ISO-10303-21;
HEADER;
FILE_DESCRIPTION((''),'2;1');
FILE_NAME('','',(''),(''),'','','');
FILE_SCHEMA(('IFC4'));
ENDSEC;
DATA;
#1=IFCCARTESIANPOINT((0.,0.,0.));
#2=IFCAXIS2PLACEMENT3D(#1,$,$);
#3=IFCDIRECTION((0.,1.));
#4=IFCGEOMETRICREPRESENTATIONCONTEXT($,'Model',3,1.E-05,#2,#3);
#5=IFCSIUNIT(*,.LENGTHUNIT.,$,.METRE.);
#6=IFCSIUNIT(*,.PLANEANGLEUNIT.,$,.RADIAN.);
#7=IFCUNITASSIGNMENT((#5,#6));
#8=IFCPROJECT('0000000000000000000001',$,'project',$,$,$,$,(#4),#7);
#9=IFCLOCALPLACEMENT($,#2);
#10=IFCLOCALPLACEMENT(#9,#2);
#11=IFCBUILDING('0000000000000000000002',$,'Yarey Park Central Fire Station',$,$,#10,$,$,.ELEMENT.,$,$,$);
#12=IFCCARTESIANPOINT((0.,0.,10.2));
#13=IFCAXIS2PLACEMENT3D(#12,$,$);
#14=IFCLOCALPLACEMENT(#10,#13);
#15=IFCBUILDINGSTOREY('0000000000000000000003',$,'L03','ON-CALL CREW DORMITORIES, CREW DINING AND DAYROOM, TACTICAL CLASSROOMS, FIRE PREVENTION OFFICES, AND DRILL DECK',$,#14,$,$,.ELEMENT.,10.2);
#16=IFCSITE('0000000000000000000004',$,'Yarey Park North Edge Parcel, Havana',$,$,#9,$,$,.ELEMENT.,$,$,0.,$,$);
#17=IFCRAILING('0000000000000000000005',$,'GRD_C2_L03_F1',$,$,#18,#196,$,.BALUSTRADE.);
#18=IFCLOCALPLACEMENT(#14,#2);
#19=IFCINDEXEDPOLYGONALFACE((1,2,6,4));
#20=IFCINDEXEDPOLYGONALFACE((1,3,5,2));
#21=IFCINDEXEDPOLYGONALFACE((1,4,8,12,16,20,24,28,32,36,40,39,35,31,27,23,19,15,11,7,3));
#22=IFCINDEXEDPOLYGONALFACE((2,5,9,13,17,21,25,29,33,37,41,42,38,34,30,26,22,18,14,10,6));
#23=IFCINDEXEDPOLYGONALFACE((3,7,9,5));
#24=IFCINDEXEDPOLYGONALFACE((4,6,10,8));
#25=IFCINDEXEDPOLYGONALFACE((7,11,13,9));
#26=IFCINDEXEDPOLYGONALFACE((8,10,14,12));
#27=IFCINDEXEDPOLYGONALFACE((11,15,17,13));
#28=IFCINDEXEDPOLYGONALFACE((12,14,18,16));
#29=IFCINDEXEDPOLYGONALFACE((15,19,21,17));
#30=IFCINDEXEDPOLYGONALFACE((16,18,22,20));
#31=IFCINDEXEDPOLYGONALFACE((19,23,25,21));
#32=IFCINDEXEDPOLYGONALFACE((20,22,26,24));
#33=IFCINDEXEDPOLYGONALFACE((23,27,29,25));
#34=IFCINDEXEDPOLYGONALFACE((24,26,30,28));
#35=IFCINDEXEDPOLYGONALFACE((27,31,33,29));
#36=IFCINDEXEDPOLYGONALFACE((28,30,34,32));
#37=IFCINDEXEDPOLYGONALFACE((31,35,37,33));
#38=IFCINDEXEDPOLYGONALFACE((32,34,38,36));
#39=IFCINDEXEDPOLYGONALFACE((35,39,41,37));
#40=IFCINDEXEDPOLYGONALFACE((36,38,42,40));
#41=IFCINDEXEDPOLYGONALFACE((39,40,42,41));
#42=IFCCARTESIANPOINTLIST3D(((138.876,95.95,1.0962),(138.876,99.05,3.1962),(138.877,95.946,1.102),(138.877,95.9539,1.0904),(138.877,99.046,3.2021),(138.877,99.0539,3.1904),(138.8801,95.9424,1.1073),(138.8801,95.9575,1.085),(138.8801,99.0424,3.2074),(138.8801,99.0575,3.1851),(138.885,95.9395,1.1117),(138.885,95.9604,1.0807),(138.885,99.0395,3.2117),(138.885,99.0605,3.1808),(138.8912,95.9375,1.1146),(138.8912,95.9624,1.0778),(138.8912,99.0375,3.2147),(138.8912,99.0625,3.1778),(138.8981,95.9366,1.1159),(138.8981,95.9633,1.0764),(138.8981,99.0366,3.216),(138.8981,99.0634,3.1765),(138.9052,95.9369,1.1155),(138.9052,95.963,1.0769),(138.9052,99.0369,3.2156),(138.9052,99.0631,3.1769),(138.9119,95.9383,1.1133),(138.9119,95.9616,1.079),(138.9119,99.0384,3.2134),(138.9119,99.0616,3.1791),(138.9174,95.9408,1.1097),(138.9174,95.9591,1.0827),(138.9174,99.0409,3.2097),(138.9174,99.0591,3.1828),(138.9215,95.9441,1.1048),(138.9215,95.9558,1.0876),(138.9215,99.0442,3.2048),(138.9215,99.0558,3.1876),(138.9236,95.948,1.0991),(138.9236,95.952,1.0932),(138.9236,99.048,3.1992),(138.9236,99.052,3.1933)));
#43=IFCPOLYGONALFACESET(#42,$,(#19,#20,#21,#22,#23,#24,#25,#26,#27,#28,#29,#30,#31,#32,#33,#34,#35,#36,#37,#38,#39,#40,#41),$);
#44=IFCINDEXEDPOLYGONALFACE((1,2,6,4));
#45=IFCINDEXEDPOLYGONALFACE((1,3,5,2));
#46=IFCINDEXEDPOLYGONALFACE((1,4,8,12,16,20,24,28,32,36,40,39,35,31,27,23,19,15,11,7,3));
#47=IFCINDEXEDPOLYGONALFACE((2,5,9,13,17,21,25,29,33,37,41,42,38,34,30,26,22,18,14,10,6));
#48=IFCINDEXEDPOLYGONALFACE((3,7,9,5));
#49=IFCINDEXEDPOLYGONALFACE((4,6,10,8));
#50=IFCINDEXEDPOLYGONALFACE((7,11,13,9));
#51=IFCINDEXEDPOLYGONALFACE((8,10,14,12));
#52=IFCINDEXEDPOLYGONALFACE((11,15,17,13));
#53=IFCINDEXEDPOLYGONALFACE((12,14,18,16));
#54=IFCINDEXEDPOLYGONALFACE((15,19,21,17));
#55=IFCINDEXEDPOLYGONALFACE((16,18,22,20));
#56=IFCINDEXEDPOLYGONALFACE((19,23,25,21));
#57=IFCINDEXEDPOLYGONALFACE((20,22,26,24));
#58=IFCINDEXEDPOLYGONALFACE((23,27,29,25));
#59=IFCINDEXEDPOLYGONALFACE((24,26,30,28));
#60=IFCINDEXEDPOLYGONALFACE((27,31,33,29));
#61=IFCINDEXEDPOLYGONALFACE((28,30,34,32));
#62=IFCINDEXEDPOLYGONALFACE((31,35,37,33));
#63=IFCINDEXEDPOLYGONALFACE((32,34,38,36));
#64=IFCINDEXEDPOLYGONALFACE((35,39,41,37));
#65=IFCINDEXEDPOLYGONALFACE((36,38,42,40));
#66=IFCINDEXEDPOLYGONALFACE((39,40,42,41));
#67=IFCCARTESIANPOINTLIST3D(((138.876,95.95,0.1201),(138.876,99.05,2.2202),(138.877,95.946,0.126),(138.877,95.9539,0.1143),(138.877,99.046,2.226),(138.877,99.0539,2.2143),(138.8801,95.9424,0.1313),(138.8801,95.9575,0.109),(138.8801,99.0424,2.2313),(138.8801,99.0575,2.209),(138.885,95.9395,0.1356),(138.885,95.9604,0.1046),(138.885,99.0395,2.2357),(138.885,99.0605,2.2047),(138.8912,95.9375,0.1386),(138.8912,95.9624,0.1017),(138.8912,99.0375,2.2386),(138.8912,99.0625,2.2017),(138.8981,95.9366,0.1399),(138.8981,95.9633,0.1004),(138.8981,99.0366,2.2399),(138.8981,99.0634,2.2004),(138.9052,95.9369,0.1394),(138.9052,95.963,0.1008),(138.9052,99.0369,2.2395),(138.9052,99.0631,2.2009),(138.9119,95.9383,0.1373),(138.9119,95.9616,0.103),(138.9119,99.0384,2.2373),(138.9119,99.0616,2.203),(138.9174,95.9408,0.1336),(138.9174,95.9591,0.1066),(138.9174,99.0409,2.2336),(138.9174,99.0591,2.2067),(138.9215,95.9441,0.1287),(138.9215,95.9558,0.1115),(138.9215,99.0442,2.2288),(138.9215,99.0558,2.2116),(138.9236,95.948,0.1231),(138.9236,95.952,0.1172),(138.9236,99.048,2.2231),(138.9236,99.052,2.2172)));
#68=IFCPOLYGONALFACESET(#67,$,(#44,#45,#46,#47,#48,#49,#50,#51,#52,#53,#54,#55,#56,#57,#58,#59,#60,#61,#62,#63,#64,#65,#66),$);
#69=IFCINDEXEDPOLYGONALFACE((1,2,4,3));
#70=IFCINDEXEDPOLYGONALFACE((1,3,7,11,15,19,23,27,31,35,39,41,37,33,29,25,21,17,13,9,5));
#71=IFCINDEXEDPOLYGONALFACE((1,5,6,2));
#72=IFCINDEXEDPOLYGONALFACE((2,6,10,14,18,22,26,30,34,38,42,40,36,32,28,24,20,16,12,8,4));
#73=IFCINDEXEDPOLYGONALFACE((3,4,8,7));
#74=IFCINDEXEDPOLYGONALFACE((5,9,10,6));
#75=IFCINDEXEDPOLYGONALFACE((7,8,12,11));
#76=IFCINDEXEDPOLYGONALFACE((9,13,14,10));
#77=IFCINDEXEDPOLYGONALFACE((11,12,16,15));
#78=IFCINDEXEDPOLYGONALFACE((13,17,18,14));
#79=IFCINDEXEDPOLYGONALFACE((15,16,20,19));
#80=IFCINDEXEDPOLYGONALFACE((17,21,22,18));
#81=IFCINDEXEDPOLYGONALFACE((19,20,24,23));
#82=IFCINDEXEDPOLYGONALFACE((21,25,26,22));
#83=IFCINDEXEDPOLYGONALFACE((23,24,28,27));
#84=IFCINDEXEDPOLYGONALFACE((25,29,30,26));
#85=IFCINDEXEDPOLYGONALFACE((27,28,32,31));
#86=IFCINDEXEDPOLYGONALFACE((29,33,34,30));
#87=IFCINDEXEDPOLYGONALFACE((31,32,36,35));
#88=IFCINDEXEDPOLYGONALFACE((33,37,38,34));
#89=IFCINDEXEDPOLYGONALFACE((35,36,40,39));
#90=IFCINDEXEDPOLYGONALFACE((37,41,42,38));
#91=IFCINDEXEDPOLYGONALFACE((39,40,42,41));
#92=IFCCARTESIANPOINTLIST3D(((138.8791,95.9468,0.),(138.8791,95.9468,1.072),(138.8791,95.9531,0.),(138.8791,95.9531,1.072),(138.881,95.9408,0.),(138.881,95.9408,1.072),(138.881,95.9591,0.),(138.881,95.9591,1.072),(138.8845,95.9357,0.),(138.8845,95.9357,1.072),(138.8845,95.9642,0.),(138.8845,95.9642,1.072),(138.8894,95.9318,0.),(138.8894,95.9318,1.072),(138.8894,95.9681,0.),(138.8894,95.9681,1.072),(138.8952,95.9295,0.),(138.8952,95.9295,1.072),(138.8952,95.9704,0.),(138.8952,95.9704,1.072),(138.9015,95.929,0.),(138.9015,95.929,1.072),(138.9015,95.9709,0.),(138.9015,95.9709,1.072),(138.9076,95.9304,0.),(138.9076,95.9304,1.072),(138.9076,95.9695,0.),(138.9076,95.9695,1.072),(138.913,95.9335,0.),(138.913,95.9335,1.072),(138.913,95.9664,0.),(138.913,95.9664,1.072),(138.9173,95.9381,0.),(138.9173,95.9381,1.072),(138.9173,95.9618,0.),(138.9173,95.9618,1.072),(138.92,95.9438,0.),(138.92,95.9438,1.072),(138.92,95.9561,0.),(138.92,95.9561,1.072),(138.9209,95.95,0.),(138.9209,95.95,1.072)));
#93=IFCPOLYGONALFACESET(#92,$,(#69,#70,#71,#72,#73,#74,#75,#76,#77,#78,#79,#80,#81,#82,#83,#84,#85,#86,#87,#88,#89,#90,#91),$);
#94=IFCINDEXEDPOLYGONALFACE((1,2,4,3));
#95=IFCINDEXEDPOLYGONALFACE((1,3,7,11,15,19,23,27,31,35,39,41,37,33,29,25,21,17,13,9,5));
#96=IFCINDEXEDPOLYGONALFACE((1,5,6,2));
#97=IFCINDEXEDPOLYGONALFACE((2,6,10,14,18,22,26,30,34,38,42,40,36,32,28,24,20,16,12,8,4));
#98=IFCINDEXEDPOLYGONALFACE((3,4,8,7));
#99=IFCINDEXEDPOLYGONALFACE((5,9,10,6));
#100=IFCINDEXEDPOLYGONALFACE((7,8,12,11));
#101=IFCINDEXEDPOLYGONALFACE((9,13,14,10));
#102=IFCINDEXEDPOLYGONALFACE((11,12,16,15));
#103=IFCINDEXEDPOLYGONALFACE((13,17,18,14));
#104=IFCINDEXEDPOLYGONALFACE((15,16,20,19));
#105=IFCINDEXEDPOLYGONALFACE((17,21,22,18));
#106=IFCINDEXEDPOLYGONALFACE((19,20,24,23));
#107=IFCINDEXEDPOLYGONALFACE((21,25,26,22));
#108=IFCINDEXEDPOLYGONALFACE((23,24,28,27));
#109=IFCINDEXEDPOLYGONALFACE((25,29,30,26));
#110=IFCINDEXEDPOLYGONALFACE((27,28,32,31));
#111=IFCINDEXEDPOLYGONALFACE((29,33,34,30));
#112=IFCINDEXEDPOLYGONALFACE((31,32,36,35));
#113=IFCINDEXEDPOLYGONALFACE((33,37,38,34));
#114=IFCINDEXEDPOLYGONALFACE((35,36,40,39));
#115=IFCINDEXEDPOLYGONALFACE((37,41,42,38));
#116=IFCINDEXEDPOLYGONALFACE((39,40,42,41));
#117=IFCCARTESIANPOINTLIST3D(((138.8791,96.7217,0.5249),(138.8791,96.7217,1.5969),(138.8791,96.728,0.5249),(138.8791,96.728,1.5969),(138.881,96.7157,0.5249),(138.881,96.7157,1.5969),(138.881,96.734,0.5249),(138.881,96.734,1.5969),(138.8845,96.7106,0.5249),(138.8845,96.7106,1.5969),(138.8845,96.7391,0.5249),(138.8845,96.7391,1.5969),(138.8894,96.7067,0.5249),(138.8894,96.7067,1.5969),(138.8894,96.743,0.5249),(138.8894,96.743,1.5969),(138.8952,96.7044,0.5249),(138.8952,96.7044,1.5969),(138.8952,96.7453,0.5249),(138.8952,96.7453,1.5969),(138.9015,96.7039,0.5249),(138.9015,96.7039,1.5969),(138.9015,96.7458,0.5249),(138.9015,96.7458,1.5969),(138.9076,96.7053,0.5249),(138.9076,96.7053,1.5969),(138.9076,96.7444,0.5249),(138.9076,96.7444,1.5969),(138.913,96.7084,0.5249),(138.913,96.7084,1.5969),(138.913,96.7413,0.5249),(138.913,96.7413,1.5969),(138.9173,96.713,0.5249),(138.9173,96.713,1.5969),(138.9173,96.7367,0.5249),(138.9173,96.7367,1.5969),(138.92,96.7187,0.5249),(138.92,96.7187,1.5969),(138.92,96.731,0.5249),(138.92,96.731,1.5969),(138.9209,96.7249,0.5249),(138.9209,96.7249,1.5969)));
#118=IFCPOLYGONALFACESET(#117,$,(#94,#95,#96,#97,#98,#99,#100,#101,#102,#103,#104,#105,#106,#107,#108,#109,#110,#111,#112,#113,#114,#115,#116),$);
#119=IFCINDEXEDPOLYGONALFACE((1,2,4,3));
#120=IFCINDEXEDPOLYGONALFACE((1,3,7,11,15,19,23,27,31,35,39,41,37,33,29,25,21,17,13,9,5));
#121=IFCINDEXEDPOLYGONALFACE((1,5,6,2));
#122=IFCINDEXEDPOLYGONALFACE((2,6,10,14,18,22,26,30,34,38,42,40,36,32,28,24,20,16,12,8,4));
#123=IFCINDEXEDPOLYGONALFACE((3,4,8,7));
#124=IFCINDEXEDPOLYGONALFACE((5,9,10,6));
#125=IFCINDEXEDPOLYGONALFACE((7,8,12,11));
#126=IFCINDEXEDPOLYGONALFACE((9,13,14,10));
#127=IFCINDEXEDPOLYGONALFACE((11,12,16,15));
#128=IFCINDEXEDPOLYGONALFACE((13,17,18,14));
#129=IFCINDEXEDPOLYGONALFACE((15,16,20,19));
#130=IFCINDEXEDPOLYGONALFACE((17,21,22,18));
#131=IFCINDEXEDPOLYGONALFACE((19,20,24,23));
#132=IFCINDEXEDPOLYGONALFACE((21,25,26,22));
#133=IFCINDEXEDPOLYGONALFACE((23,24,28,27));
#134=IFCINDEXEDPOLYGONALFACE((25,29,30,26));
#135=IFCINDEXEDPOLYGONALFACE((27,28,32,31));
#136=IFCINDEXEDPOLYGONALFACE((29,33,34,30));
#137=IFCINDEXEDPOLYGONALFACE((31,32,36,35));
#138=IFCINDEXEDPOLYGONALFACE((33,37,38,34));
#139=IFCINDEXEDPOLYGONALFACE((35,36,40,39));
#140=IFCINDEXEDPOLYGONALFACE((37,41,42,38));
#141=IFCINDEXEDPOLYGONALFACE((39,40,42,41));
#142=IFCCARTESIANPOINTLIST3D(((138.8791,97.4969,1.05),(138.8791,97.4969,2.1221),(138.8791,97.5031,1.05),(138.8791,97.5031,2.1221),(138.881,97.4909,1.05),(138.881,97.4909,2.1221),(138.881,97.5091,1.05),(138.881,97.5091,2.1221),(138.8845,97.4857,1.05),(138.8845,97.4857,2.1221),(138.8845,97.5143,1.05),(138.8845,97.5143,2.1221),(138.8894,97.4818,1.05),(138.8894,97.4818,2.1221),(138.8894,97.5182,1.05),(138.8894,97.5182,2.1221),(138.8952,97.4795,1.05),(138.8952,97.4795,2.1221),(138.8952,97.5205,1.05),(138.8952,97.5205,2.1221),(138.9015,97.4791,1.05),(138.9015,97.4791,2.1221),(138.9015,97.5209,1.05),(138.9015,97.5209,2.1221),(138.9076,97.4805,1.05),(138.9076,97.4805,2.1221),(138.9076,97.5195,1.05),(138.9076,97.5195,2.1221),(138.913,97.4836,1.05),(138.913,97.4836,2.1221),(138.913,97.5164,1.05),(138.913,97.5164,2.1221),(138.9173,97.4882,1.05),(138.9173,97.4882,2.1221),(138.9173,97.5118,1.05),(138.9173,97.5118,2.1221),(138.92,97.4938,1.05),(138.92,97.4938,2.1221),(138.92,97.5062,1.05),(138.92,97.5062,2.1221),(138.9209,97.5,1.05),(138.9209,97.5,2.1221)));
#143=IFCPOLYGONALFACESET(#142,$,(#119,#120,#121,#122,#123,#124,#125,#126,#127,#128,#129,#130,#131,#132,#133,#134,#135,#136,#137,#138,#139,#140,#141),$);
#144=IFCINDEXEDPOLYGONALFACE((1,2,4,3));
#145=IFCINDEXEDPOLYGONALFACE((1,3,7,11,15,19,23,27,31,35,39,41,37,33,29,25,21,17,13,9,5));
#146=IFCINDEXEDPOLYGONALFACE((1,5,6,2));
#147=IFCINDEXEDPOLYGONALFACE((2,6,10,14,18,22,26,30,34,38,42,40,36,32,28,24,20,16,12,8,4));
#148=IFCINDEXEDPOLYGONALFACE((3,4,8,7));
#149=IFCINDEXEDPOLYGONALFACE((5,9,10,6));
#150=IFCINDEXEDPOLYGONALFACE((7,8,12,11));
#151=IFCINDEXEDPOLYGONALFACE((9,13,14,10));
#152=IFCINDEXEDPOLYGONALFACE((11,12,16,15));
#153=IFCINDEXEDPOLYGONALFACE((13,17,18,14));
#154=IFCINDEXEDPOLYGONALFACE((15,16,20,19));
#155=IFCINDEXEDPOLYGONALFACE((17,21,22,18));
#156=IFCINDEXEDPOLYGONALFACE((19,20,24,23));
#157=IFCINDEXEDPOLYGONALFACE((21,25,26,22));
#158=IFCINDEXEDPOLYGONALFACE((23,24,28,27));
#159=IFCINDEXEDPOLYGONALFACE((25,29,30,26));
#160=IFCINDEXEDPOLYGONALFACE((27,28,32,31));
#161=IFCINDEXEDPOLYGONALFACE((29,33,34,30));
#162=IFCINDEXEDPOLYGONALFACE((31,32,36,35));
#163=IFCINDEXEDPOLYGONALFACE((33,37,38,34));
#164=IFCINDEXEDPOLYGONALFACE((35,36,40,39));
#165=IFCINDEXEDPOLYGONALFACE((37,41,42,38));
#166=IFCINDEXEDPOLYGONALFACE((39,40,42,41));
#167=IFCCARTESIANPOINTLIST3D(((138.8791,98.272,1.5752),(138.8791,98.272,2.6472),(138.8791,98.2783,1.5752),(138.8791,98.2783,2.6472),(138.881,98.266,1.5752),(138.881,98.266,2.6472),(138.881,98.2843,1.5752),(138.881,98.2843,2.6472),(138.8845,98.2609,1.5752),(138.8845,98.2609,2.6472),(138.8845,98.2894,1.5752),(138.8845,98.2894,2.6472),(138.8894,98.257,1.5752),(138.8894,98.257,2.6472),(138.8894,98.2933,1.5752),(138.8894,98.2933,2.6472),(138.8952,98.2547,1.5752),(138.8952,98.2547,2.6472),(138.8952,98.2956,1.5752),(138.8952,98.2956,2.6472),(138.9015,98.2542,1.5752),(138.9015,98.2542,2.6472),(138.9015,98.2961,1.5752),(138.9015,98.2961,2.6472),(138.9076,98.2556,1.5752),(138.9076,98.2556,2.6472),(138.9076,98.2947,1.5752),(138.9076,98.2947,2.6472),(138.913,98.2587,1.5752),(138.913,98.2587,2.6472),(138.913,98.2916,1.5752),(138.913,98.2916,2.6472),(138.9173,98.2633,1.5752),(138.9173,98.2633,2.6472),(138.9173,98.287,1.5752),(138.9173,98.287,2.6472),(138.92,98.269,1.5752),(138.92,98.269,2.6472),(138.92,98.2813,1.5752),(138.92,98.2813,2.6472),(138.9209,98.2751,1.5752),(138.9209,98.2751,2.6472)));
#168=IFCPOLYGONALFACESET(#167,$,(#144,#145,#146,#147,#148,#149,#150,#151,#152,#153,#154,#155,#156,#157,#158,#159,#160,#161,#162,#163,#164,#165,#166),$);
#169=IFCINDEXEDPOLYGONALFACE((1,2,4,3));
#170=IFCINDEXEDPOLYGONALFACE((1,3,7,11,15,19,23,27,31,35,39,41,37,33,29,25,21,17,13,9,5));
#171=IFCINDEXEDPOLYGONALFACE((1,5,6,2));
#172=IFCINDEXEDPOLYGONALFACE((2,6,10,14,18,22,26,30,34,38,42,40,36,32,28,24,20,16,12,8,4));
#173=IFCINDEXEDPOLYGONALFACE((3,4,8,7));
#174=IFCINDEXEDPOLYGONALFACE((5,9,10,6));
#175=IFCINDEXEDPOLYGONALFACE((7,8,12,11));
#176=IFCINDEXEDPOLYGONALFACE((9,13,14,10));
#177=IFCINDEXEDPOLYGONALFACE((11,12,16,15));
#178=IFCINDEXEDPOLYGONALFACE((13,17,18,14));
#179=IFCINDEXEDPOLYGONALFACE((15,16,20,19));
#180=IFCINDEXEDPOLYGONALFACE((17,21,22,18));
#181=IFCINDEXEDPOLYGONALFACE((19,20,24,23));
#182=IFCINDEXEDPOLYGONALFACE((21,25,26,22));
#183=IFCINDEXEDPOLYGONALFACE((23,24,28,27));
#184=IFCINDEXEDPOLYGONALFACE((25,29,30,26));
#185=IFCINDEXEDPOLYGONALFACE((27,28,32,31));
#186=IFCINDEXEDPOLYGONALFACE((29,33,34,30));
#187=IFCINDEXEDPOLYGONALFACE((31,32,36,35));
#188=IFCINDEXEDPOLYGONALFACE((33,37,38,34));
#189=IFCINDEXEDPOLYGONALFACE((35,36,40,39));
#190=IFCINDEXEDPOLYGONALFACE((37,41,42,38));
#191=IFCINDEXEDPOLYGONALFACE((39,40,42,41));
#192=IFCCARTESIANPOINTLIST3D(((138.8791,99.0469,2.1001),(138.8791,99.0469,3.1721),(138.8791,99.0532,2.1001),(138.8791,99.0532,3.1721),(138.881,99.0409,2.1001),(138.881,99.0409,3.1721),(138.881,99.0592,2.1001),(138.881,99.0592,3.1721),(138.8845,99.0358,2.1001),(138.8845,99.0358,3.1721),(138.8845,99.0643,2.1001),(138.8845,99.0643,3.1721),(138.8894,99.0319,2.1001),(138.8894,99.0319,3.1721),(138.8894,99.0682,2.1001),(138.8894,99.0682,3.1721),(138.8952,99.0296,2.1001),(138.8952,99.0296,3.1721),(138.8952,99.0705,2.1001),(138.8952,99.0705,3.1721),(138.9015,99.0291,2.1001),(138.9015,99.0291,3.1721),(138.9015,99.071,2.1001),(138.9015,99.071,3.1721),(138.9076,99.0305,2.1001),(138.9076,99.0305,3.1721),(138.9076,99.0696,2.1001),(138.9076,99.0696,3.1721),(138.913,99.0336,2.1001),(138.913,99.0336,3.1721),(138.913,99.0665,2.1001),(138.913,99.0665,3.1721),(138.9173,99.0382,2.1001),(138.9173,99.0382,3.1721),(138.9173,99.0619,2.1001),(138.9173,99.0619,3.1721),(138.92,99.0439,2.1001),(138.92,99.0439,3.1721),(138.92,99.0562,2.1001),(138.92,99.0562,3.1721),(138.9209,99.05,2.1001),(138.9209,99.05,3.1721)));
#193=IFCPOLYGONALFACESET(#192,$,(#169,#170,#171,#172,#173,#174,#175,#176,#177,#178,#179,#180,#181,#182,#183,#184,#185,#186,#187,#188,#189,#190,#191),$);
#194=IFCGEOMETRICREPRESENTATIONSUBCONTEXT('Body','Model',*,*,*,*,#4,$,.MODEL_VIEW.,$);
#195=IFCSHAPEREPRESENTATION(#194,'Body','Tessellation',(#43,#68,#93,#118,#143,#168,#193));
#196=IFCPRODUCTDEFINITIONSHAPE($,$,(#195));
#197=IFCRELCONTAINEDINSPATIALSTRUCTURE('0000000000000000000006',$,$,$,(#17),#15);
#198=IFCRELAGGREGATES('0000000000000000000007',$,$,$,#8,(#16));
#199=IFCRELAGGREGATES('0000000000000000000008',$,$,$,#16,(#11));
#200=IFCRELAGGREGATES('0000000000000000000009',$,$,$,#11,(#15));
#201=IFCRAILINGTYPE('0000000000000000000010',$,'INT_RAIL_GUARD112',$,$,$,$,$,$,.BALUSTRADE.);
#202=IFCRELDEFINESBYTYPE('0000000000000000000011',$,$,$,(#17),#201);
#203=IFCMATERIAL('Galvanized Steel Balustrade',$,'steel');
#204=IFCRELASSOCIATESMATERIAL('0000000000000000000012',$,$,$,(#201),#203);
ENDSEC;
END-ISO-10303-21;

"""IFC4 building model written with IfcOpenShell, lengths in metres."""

from ifc_helpers import new_model, si_unit, direction, frame, origin, origin_2d, place, context, subcontext, project, spatial, circle, extrude, material, type_object, element, save


model = new_model("IFC4")

# Units and contexts
model_context = context("Model", 3, precision=1e-05, world=origin(), true_north=direction((0.0, 1.0)))
body_context = subcontext(model_context, "Body", "Model", "MODEL_VIEW")
ifc_project = project(units=[si_unit("LENGTHUNIT", "METRE"), si_unit("PLANEANGLEUNIT", "RADIAN")], contexts=[model_context])

# Site, building, storey
site_placement = place(None, origin())
site = spatial("IfcSite", under=ifc_project, at=site_placement, Name="Yarey Park North Edge Parcel, Havana", CompositionType="ELEMENT", RefElevation=0.0)
building_placement = place(site_placement, origin())
building = spatial("IfcBuilding", under=site, at=building_placement, Name="Yarey Park Central Fire Station", CompositionType="ELEMENT")
storey_placement = place(building_placement, frame((0.0, 0.0, 10.2)))
storey = spatial("IfcBuildingStorey", under=building, at=storey_placement, Name="L03", Description="ON-CALL CREW DORMITORIES, CREW DINING AND DAYROOM, TACTICAL CLASSROOMS, FIRE PREVENTION OFFICES, AND DRILL DECK", CompositionType="ELEMENT", Elevation=10.2)

# Railing
ifc_material_1 = material(Name="Galvanized Steel Balustrade", Category="steel")
railing_type_1 = type_object("IfcRailingType", Name="INT_RAIL_GUARD112", PredefinedType="BALUSTRADE", material=ifc_material_1)
railing_1_placement = place(storey_placement, frame((138.8999, 95.95, 0.0)))
element("IfcRailing", 1, at=railing_1_placement, inside=storey, type_object=railing_type_1, Name="GRD_C2_L03_F1", PredefinedType="BALUSTRADE", context=body_context, shape_type="SweptSolid", body=[
    extrude(circle(Radius=0.0239, at=origin_2d()), frame((0.0, 0.0, 1.0962), z_axis=(0.0, 0.827915, 0.560854), x_axis=(-1.0, 0.0, 0.0)), (0.0, 0.0, 1.0), 3.7444),
    extrude(circle(Radius=0.0239, at=origin_2d()), frame((0.0, 0.0, 0.1201), z_axis=(0.0, 0.827915, 0.560854), x_axis=(-1.0, 0.0, 0.0)), (0.0, 0.0, 1.0), 3.7444),
    extrude(circle(Radius=0.021, at=origin_2d()), origin(), (0.0, 0.0, 1.0), 1.072),
    extrude(circle(Radius=0.021, at=origin_2d()), frame((0.0, 0.7749, 0.5249)), (0.0, 0.0, 1.0), 1.072),
    extrude(circle(Radius=0.021, at=origin_2d()), frame((0.0, 1.55, 1.05)), (0.0, 0.0, 1.0), 1.072),
    extrude(circle(Radius=0.021, at=origin_2d()), frame((0.0, 2.3252, 1.5752)), (0.0, 0.0, 1.0), 1.072),
    extrude(circle(Radius=0.021, at=origin_2d()), frame((0.0, 3.1001, 2.1001)), (0.0, 0.0, 1.0), 1.072),
])

save(model, "model.ifc")
